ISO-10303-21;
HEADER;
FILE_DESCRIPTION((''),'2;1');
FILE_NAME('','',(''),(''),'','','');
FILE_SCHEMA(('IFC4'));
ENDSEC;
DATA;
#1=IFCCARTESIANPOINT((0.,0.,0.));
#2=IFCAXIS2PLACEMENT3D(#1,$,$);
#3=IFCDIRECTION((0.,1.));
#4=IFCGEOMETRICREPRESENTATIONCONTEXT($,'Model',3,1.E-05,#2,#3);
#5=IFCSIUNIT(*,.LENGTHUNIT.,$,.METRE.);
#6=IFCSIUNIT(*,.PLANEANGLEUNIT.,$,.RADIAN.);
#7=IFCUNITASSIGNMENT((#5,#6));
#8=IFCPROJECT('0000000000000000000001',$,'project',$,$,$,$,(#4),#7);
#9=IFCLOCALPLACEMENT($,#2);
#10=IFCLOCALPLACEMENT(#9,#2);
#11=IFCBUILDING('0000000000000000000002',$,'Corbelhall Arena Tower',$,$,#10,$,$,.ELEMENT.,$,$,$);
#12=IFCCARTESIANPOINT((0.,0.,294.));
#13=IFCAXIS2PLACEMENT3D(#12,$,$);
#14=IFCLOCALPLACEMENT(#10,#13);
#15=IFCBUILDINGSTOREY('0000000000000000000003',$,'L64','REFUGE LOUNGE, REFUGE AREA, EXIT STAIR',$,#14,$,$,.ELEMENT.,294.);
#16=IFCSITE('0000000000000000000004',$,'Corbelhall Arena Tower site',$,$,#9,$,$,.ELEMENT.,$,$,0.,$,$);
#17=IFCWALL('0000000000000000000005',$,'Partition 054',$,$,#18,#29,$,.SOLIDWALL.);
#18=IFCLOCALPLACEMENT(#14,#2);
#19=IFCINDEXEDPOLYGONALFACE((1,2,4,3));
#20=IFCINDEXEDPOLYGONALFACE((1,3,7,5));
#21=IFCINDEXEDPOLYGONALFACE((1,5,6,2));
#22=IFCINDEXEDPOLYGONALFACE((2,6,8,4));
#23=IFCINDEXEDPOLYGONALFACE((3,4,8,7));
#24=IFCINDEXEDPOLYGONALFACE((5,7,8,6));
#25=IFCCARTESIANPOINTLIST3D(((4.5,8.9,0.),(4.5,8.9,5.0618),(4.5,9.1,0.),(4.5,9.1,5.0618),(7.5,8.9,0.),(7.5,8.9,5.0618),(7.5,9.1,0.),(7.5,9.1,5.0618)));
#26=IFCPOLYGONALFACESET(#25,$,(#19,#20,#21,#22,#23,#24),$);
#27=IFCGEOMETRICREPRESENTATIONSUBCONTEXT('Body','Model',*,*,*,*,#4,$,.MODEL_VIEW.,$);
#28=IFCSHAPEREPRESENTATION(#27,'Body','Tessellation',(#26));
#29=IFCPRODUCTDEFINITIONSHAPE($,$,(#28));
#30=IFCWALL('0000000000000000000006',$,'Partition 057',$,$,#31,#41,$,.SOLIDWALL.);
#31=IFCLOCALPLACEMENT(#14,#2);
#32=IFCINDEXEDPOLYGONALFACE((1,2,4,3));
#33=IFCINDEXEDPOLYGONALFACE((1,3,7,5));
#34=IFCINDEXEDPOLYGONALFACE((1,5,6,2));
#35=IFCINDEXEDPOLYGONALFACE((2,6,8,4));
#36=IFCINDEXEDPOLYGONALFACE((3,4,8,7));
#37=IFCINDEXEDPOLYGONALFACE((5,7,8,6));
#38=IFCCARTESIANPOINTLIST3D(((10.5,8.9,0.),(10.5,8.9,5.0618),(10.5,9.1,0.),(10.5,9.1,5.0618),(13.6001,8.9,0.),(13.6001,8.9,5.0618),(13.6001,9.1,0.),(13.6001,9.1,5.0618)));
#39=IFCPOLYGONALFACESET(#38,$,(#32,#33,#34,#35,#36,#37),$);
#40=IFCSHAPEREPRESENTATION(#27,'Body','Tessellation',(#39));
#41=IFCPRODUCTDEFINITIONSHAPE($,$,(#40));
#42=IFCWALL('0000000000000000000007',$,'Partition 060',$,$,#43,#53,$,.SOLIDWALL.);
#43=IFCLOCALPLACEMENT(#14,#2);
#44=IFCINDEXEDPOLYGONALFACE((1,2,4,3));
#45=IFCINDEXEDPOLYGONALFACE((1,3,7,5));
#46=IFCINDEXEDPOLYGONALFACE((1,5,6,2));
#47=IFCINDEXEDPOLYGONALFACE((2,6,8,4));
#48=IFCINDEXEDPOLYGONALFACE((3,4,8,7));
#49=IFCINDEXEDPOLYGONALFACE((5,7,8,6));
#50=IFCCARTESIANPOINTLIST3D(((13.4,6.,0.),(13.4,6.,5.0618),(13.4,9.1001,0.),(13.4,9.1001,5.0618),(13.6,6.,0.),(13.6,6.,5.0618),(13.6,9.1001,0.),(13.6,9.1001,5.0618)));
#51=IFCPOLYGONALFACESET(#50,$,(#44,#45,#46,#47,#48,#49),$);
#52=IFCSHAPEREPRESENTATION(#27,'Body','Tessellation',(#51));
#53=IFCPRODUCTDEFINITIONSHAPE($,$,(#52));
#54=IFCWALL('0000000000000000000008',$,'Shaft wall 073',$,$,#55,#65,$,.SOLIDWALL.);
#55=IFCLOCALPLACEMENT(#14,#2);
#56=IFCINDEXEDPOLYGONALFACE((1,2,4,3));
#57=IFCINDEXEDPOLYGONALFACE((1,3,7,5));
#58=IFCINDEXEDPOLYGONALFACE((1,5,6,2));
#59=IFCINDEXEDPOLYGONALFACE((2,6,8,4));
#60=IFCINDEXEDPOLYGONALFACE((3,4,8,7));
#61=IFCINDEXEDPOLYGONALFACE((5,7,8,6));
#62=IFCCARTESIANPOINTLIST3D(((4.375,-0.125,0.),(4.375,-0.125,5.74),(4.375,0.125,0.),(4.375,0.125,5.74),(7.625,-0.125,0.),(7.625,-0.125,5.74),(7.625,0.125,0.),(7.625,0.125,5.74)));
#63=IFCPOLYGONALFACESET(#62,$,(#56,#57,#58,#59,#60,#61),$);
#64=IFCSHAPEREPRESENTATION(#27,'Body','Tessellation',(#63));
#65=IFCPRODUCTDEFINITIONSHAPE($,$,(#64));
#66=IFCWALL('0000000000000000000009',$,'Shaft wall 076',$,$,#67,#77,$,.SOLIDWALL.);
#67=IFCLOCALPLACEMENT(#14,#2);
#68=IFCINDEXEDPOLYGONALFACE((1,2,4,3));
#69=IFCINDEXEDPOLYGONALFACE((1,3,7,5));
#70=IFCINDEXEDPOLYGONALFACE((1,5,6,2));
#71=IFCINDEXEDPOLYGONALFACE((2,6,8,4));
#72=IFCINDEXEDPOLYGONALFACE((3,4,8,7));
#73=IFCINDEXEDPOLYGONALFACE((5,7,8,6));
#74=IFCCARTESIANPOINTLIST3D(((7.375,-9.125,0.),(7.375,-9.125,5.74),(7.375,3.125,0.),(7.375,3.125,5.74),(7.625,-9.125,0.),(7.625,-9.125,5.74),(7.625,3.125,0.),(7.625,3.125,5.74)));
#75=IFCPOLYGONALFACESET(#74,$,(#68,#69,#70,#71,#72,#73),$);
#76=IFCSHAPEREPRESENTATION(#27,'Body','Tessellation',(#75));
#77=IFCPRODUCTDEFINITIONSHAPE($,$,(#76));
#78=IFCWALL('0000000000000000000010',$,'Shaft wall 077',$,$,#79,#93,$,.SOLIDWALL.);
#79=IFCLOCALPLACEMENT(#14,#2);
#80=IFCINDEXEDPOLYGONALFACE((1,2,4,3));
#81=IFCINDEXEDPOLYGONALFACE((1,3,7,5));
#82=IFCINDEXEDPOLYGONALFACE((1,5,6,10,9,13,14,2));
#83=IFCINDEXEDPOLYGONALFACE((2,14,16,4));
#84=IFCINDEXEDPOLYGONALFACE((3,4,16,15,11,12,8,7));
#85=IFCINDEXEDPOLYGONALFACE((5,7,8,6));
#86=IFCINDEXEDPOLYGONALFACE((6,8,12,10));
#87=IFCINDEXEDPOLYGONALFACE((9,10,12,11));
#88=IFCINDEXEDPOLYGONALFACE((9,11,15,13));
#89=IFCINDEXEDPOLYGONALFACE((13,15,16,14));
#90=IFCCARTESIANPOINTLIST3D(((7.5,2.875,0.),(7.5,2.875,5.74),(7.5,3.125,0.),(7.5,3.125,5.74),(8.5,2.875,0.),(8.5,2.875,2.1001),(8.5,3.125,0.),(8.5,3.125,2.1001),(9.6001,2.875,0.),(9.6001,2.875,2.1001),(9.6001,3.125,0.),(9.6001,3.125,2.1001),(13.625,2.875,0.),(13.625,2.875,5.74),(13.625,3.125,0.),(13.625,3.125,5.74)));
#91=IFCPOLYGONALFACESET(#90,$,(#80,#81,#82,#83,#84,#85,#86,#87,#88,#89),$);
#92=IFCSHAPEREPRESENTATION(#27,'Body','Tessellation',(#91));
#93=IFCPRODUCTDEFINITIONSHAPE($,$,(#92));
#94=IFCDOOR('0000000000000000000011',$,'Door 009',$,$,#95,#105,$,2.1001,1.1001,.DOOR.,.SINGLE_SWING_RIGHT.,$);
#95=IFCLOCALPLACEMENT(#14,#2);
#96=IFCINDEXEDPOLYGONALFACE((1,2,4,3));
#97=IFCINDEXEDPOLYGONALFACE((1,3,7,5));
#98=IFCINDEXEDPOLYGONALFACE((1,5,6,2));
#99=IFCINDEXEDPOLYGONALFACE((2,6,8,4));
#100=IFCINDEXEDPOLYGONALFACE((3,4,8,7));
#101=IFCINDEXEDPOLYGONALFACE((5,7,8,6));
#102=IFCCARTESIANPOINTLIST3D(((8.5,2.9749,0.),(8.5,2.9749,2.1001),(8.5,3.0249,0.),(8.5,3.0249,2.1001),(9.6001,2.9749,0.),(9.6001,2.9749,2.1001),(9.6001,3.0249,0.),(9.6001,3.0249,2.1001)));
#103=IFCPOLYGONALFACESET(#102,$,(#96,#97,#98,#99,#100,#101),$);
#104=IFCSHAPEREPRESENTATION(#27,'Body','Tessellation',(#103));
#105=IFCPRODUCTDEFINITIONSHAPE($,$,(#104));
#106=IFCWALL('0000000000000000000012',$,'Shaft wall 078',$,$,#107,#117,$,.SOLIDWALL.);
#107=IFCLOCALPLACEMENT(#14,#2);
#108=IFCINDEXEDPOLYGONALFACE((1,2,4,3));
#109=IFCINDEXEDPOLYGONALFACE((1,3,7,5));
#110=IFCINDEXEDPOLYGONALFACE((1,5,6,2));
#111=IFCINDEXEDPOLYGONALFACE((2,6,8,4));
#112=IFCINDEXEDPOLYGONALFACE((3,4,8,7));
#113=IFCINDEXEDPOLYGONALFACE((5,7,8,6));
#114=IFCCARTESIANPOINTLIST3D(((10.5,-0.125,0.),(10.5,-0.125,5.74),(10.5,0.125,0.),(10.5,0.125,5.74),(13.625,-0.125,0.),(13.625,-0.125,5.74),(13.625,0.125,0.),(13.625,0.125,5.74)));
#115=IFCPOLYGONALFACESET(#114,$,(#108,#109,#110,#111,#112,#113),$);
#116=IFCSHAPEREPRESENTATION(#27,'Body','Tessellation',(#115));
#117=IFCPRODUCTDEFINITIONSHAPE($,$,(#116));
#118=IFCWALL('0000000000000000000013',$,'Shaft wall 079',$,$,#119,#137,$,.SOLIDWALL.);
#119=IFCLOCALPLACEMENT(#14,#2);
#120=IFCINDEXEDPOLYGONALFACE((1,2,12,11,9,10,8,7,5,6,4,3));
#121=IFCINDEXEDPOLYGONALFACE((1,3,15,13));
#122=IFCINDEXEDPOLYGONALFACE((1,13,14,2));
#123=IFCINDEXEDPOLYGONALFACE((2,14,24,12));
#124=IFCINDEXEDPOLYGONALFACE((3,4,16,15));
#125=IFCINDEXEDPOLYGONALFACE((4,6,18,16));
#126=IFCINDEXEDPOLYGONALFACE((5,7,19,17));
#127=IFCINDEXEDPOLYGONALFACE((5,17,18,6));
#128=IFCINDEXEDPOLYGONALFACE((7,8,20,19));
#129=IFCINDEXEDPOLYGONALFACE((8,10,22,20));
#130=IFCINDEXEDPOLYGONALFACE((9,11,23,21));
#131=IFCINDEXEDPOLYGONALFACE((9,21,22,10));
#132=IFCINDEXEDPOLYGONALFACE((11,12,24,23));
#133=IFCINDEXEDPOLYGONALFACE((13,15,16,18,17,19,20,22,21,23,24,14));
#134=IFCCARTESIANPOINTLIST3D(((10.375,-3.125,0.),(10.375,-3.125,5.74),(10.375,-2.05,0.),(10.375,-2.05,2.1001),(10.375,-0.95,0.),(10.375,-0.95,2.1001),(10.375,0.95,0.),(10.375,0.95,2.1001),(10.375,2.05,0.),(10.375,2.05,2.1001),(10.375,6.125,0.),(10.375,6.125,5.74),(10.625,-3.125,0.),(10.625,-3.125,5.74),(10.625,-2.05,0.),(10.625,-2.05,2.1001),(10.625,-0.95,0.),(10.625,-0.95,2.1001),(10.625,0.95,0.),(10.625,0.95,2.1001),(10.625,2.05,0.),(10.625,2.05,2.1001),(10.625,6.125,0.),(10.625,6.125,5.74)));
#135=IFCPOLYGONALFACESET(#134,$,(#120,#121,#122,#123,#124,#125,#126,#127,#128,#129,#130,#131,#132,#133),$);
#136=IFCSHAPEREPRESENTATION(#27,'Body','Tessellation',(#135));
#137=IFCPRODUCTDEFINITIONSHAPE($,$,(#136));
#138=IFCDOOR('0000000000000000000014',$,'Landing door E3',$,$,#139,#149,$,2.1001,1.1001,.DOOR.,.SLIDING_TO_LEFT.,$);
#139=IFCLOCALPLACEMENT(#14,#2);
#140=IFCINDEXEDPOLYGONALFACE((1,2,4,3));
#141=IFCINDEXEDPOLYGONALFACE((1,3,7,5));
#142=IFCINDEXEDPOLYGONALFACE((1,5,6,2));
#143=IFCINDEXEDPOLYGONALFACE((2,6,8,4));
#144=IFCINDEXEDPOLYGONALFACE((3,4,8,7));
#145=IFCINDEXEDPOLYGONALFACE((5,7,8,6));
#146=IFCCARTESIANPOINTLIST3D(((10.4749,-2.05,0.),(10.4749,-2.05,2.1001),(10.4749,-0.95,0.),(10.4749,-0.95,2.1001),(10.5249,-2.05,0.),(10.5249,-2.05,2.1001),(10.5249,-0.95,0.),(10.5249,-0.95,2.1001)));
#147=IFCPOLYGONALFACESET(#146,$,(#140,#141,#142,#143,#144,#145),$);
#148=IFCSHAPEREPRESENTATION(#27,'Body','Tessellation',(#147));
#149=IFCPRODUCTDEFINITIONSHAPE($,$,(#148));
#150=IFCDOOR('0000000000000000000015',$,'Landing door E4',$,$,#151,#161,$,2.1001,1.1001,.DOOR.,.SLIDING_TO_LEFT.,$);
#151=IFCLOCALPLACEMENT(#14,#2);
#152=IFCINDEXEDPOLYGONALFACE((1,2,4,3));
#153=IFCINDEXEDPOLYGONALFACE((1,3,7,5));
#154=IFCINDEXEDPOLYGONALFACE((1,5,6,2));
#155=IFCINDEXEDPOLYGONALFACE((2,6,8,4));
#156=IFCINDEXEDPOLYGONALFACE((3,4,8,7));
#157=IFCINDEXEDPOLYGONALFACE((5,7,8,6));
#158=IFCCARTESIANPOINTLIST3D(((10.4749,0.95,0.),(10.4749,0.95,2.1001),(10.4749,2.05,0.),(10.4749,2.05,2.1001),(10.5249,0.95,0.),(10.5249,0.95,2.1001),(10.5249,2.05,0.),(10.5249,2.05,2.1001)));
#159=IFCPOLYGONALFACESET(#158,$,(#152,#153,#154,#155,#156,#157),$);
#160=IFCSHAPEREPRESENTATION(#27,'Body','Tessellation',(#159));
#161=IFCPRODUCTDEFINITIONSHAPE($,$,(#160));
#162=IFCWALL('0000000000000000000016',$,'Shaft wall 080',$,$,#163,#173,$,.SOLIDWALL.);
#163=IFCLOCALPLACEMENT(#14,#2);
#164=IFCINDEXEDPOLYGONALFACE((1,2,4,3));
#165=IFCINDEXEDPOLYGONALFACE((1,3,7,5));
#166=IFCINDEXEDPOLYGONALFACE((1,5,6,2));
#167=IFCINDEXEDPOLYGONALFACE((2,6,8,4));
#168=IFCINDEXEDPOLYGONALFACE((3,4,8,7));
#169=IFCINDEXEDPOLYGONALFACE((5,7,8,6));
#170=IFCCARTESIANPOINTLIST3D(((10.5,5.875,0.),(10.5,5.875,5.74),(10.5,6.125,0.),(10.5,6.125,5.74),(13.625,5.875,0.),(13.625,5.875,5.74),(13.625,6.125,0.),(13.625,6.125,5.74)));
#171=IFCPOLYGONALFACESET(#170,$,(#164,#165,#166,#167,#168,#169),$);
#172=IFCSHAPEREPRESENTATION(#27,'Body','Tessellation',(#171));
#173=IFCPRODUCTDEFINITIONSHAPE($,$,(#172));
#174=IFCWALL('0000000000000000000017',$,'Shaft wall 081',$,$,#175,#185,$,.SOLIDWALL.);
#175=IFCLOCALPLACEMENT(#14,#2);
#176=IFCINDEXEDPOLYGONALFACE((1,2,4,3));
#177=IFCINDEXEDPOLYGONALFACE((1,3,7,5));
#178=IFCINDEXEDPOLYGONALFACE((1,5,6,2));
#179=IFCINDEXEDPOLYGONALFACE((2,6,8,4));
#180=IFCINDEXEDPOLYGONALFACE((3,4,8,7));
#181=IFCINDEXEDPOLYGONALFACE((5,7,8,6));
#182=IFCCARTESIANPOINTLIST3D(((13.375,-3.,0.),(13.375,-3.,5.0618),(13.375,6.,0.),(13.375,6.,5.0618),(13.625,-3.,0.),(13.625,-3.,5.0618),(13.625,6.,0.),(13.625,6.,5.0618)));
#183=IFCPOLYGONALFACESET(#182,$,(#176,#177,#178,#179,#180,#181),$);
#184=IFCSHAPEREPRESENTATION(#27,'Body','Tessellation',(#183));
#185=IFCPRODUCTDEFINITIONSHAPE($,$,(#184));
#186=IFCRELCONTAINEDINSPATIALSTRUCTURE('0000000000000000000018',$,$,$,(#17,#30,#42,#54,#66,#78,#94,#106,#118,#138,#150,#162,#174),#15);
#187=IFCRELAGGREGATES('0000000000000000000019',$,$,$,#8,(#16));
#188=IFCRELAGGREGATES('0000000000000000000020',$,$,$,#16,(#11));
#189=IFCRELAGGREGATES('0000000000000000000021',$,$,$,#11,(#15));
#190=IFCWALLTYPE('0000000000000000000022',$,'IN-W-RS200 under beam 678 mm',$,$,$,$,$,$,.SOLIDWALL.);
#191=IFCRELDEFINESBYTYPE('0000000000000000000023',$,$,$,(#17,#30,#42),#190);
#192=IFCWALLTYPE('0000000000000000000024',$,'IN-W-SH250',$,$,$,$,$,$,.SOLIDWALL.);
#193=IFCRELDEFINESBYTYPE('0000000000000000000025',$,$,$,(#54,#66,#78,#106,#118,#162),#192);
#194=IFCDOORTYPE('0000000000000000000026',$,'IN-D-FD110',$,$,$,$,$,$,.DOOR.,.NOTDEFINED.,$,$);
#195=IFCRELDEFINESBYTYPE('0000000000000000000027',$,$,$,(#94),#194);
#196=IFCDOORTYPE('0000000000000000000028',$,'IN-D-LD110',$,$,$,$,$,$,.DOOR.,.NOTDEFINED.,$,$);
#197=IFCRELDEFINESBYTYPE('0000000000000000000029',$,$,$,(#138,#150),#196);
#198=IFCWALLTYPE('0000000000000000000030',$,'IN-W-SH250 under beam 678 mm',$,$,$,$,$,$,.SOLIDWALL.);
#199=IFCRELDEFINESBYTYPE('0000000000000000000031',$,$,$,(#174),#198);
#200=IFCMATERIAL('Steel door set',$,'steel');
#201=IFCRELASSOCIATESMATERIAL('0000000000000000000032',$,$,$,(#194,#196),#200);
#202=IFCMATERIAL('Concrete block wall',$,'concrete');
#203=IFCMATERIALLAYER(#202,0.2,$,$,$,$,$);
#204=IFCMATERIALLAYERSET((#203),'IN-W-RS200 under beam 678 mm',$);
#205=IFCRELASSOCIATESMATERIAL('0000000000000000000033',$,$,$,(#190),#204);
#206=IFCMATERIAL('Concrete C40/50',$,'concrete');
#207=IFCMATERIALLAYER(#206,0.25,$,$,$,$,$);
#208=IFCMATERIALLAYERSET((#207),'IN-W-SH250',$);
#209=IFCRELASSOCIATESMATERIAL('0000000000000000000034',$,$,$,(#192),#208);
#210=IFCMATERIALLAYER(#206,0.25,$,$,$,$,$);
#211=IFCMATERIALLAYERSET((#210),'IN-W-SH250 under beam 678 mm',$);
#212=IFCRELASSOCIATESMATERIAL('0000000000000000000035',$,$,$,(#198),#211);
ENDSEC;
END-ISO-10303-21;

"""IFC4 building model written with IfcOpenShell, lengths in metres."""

from ifc_helpers import new_model, si_unit, direction, frame, frame_2d, origin, place, context, subcontext, project, spatial, rectangle, extrude, material, layer, layer_set, type_object, element, fill, save


model = new_model("IFC4")

# Units and contexts
model_context = context("Model", 3, precision=1e-05, world=origin(), true_north=direction((0.0, 1.0)))
body_context = subcontext(model_context, "Body", "Model", "MODEL_VIEW")
ifc_project = project(units=[si_unit("LENGTHUNIT", "METRE"), si_unit("PLANEANGLEUNIT", "RADIAN")], contexts=[model_context])

# Site, building, storey
site_placement = place(None, origin())
site = spatial("IfcSite", under=ifc_project, at=site_placement, Name="Corbelhall Arena Tower site", CompositionType="ELEMENT", RefElevation=0.0)
building_placement = place(site_placement, origin())
building = spatial("IfcBuilding", under=site, at=building_placement, Name="Corbelhall Arena Tower", CompositionType="ELEMENT")
storey_placement = place(building_placement, frame((0.0, 0.0, 294.0)))
storey = spatial("IfcBuildingStorey", under=building, at=storey_placement, Name="L64", Description="REFUGE LOUNGE, REFUGE AREA, EXIT STAIR", CompositionType="ELEMENT", Elevation=294.0)

# Shared definitions
ifc_material_1 = material(Name="Concrete C40/50", Category="concrete")

# Shared definitions
ifc_material_2 = material(Name="Concrete block wall", Category="concrete")

# Shared definitions
ifc_material_3 = material(Name="Steel door set", Category="steel")
door_type_1 = type_object("IfcDoorType", Name="IN-D-FD110", OperationType="NOTDEFINED", PredefinedType="DOOR", material=ifc_material_3)
ifc_layer_1 = layer(ifc_material_2, 0.2)
ifc_layer_set_1 = layer_set([ifc_layer_1], Name="IN-W-RS200 under beam 678 mm")
wall_type_1 = type_object("IfcWallType", Name="IN-W-RS200 under beam 678 mm", PredefinedType="SOLIDWALL", material=ifc_layer_set_1)

# Walls
wall_1_placement = place(storey_placement, frame((4.5, 9.0, 0.0), z_axis=(0.0, 0.0, 1.0), x_axis=(1.0, 0.0, 0.0)))
element("IfcWall", 1, at=wall_1_placement, inside=storey, type_object=wall_type_1, Name="Partition 054", PredefinedType="SOLIDWALL", context=body_context, shape_type="SweptSolid", body=[
    extrude(rectangle(XDim=3.0, YDim=0.2, at=frame_2d((1.5, 0.0))), origin(), (0.0, 0.0, 1.0), 5.0618),
])
for number, where, z_axis, x_axis, name in (
    (2, (10.5, 9.0, 0.0), (0.0, 0.0, 1.0), (1.0, 0.0, 0.0), "Partition 057"),
    (3, (13.5, 9.1001, 0.0), (0.0, 0.0, 1.0), (0.0, -1.0, 0.0), "Partition 060"),
):
    element("IfcWall", number, at=place(storey_placement, frame(where, z_axis=z_axis, x_axis=x_axis)), inside=storey, type_object=wall_type_1, Name=name, PredefinedType="SOLIDWALL", context=body_context, shape_type="SweptSolid", body=[
        extrude(rectangle(XDim=3.1001, YDim=0.2, at=frame_2d((1.55, 0.0))), origin(), (0.0, 0.0, 1.0), 5.0618),
    ])
ifc_layer_2 = layer(ifc_material_1, 0.25)
ifc_layer_set_2 = layer_set([ifc_layer_2], Name="IN-W-SH250")
wall_type_2 = type_object("IfcWallType", Name="IN-W-SH250", PredefinedType="SOLIDWALL", material=ifc_layer_set_2)
wall_2_placement = place(storey_placement, frame((4.375, 0.0, 0.0), z_axis=(0.0, 0.0, 1.0), x_axis=(1.0, 0.0, 0.0)))
element("IfcWall", 4, at=wall_2_placement, inside=storey, type_object=wall_type_2, Name="Shaft wall 073", PredefinedType="SOLIDWALL", context=body_context, shape_type="SweptSolid", body=[
    extrude(rectangle(XDim=3.25, YDim=0.25, at=frame_2d((1.625, 0.0))), origin(), (0.0, 0.0, 1.0), 5.74),
])
wall_3_placement = place(storey_placement, frame((7.5, 3.125, 0.0), z_axis=(0.0, 0.0, 1.0), x_axis=(0.0, -1.0, 0.0)))
element("IfcWall", 5, at=wall_3_placement, inside=storey, type_object=wall_type_2, Name="Shaft wall 076", PredefinedType="SOLIDWALL", context=body_context, shape_type="SweptSolid", body=[
    extrude(rectangle(XDim=12.25, YDim=0.25, at=frame_2d((6.125, 0.0))), origin(), (0.0, 0.0, 1.0), 5.74),
])

# Wall, opening, door
wall_4_placement = place(storey_placement, frame((7.5, 3.0, 0.0), z_axis=(0.0, 0.0, 1.0), x_axis=(1.0, 0.0, 0.0)))
wall_4 = element("IfcWall", 6, at=wall_4_placement, inside=storey, type_object=wall_type_2, Name="Shaft wall 077", PredefinedType="SOLIDWALL", context=body_context, shape_type="SweptSolid", body=[
    extrude(rectangle(XDim=6.125, YDim=0.25, at=frame_2d((3.0625, 0.0))), origin(), (0.0, 0.0, 1.0), 5.74),
])
opening_1_placement = place(wall_4_placement, frame((1.0, 0.0, 0.0)))
opening_1 = element("IfcOpeningElement", 7, at=opening_1_placement, cuts=wall_4, PredefinedType="OPENING", context=body_context, shape_type="SweptSolid", body=[
    extrude(rectangle(XDim=1.1001, YDim=2.1001, at=frame_2d((0.55, 1.05))), frame((0.0, 0.125, 0.0), z_axis=(0.0, -1.0, 0.0), x_axis=(1.0, 0.0, 0.0)), (0.0, 0.0, 1.0), 0.25),
])
door_1_placement = place(opening_1_placement, origin())
door_1 = element("IfcDoor", 8, at=door_1_placement, inside=storey, type_object=door_type_1, Name="Door 009", OperationType="SINGLE_SWING_RIGHT", OverallHeight=2.1001, OverallWidth=1.1001, PredefinedType="DOOR", context=body_context, shape_type="SweptSolid", body=[
    extrude(rectangle(XDim=1.1001, YDim=2.1001, at=frame_2d((0.55, 1.05))), frame((0.0, 0.0249, 0.0), z_axis=(0.0, -1.0, 0.0), x_axis=(1.0, 0.0, 0.0)), (0.0, 0.0, 1.0), 0.05),
])
fill(opening_1, door_1)

# Wall
wall_5_placement = place(storey_placement, frame((10.5, 0.0, 0.0), z_axis=(0.0, 0.0, 1.0), x_axis=(1.0, 0.0, 0.0)))
element("IfcWall", 9, at=wall_5_placement, inside=storey, type_object=wall_type_2, Name="Shaft wall 078", PredefinedType="SOLIDWALL", context=body_context, shape_type="SweptSolid", body=[
    extrude(rectangle(XDim=3.125, YDim=0.25, at=frame_2d((1.5625, 0.0))), origin(), (0.0, 0.0, 1.0), 5.74),
])

# Wall, openings, doors
wall_6_placement = place(storey_placement, frame((10.5, 6.125, 0.0), z_axis=(0.0, 0.0, 1.0), x_axis=(0.0, -1.0, 0.0)))
wall_6 = element("IfcWall", 10, at=wall_6_placement, inside=storey, type_object=wall_type_2, Name="Shaft wall 079", PredefinedType="SOLIDWALL", context=body_context, shape_type="SweptSolid", body=[
    extrude(rectangle(XDim=9.25, YDim=0.25, at=frame_2d((4.625, 0.0))), origin(), (0.0, 0.0, 1.0), 5.74),
])
opening_2_placement = place(wall_6_placement, frame((7.075, 0.0, 0.0)))
opening_2 = element("IfcOpeningElement", 11, at=opening_2_placement, cuts=wall_6, PredefinedType="OPENING", context=body_context, shape_type="SweptSolid", body=[
    extrude(rectangle(XDim=1.1001, YDim=2.1001, at=frame_2d((0.55, 1.05))), frame((0.0, 0.125, 0.0), z_axis=(0.0, -1.0, 0.0), x_axis=(1.0, 0.0, 0.0)), (0.0, 0.0, 1.0), 0.25),
])
opening_3_placement = place(wall_6_placement, frame((4.075, 0.0, 0.0)))
opening_3 = element("IfcOpeningElement", 12, at=opening_3_placement, cuts=wall_6, PredefinedType="OPENING", context=body_context, shape_type="SweptSolid", body=[
    extrude(rectangle(XDim=1.1001, YDim=2.1001, at=frame_2d((0.55, 1.05))), frame((0.0, 0.125, 0.0), z_axis=(0.0, -1.0, 0.0), x_axis=(1.0, 0.0, 0.0)), (0.0, 0.0, 1.0), 0.25),
])
door_type_2 = type_object("IfcDoorType", Name="IN-D-LD110", OperationType="NOTDEFINED", PredefinedType="DOOR", material=ifc_material_3)
door_2_placement = place(opening_2_placement, origin())
door_2 = element("IfcDoor", 13, at=door_2_placement, inside=storey, type_object=door_type_2, Name="Landing door E3", OperationType="SLIDING_TO_LEFT", OverallHeight=2.1001, OverallWidth=1.1001, PredefinedType="DOOR", context=body_context, shape_type="SweptSolid", body=[
    extrude(rectangle(XDim=1.1001, YDim=2.1001, at=frame_2d((0.55, 1.05))), frame((0.0, 0.0249, 0.0), z_axis=(0.0, -1.0, 0.0), x_axis=(1.0, 0.0, 0.0)), (0.0, 0.0, 1.0), 0.05),
])
fill(opening_2, door_2)
door_3_placement = place(opening_3_placement, origin())
door_3 = element("IfcDoor", 14, at=door_3_placement, inside=storey, type_object=door_type_2, Name="Landing door E4", OperationType="SLIDING_TO_LEFT", OverallHeight=2.1001, OverallWidth=1.1001, PredefinedType="DOOR", context=body_context, shape_type="SweptSolid", body=[
    extrude(rectangle(XDim=1.1001, YDim=2.1001, at=frame_2d((0.55, 1.05))), frame((0.0, 0.0249, 0.0), z_axis=(0.0, -1.0, 0.0), x_axis=(1.0, 0.0, 0.0)), (0.0, 0.0, 1.0), 0.05),
])
fill(opening_3, door_3)

# Walls
wall_7_placement = place(storey_placement, frame((10.5, 6.0, 0.0), z_axis=(0.0, 0.0, 1.0), x_axis=(1.0, 0.0, 0.0)))
element("IfcWall", 15, at=wall_7_placement, inside=storey, type_object=wall_type_2, Name="Shaft wall 080", PredefinedType="SOLIDWALL", context=body_context, shape_type="SweptSolid", body=[
    extrude(rectangle(XDim=3.125, YDim=0.25, at=frame_2d((1.5625, 0.0))), origin(), (0.0, 0.0, 1.0), 5.74),
])
ifc_layer_3 = layer(ifc_material_1, 0.25)
ifc_layer_set_3 = layer_set([ifc_layer_3], Name="IN-W-SH250 under beam 678 mm")
wall_type_3 = type_object("IfcWallType", Name="IN-W-SH250 under beam 678 mm", PredefinedType="SOLIDWALL", material=ifc_layer_set_3)
wall_8_placement = place(storey_placement, frame((13.5, 6.0, 0.0), z_axis=(0.0, 0.0, 1.0), x_axis=(0.0, -1.0, 0.0)))
element("IfcWall", 16, at=wall_8_placement, inside=storey, type_object=wall_type_3, Name="Shaft wall 081", PredefinedType="SOLIDWALL", context=body_context, shape_type="SweptSolid", body=[
    extrude(rectangle(XDim=9.0, YDim=0.25, at=frame_2d((4.5, 0.0))), origin(), (0.0, 0.0, 1.0), 5.0618),
])

save(model, "model.ifc")
